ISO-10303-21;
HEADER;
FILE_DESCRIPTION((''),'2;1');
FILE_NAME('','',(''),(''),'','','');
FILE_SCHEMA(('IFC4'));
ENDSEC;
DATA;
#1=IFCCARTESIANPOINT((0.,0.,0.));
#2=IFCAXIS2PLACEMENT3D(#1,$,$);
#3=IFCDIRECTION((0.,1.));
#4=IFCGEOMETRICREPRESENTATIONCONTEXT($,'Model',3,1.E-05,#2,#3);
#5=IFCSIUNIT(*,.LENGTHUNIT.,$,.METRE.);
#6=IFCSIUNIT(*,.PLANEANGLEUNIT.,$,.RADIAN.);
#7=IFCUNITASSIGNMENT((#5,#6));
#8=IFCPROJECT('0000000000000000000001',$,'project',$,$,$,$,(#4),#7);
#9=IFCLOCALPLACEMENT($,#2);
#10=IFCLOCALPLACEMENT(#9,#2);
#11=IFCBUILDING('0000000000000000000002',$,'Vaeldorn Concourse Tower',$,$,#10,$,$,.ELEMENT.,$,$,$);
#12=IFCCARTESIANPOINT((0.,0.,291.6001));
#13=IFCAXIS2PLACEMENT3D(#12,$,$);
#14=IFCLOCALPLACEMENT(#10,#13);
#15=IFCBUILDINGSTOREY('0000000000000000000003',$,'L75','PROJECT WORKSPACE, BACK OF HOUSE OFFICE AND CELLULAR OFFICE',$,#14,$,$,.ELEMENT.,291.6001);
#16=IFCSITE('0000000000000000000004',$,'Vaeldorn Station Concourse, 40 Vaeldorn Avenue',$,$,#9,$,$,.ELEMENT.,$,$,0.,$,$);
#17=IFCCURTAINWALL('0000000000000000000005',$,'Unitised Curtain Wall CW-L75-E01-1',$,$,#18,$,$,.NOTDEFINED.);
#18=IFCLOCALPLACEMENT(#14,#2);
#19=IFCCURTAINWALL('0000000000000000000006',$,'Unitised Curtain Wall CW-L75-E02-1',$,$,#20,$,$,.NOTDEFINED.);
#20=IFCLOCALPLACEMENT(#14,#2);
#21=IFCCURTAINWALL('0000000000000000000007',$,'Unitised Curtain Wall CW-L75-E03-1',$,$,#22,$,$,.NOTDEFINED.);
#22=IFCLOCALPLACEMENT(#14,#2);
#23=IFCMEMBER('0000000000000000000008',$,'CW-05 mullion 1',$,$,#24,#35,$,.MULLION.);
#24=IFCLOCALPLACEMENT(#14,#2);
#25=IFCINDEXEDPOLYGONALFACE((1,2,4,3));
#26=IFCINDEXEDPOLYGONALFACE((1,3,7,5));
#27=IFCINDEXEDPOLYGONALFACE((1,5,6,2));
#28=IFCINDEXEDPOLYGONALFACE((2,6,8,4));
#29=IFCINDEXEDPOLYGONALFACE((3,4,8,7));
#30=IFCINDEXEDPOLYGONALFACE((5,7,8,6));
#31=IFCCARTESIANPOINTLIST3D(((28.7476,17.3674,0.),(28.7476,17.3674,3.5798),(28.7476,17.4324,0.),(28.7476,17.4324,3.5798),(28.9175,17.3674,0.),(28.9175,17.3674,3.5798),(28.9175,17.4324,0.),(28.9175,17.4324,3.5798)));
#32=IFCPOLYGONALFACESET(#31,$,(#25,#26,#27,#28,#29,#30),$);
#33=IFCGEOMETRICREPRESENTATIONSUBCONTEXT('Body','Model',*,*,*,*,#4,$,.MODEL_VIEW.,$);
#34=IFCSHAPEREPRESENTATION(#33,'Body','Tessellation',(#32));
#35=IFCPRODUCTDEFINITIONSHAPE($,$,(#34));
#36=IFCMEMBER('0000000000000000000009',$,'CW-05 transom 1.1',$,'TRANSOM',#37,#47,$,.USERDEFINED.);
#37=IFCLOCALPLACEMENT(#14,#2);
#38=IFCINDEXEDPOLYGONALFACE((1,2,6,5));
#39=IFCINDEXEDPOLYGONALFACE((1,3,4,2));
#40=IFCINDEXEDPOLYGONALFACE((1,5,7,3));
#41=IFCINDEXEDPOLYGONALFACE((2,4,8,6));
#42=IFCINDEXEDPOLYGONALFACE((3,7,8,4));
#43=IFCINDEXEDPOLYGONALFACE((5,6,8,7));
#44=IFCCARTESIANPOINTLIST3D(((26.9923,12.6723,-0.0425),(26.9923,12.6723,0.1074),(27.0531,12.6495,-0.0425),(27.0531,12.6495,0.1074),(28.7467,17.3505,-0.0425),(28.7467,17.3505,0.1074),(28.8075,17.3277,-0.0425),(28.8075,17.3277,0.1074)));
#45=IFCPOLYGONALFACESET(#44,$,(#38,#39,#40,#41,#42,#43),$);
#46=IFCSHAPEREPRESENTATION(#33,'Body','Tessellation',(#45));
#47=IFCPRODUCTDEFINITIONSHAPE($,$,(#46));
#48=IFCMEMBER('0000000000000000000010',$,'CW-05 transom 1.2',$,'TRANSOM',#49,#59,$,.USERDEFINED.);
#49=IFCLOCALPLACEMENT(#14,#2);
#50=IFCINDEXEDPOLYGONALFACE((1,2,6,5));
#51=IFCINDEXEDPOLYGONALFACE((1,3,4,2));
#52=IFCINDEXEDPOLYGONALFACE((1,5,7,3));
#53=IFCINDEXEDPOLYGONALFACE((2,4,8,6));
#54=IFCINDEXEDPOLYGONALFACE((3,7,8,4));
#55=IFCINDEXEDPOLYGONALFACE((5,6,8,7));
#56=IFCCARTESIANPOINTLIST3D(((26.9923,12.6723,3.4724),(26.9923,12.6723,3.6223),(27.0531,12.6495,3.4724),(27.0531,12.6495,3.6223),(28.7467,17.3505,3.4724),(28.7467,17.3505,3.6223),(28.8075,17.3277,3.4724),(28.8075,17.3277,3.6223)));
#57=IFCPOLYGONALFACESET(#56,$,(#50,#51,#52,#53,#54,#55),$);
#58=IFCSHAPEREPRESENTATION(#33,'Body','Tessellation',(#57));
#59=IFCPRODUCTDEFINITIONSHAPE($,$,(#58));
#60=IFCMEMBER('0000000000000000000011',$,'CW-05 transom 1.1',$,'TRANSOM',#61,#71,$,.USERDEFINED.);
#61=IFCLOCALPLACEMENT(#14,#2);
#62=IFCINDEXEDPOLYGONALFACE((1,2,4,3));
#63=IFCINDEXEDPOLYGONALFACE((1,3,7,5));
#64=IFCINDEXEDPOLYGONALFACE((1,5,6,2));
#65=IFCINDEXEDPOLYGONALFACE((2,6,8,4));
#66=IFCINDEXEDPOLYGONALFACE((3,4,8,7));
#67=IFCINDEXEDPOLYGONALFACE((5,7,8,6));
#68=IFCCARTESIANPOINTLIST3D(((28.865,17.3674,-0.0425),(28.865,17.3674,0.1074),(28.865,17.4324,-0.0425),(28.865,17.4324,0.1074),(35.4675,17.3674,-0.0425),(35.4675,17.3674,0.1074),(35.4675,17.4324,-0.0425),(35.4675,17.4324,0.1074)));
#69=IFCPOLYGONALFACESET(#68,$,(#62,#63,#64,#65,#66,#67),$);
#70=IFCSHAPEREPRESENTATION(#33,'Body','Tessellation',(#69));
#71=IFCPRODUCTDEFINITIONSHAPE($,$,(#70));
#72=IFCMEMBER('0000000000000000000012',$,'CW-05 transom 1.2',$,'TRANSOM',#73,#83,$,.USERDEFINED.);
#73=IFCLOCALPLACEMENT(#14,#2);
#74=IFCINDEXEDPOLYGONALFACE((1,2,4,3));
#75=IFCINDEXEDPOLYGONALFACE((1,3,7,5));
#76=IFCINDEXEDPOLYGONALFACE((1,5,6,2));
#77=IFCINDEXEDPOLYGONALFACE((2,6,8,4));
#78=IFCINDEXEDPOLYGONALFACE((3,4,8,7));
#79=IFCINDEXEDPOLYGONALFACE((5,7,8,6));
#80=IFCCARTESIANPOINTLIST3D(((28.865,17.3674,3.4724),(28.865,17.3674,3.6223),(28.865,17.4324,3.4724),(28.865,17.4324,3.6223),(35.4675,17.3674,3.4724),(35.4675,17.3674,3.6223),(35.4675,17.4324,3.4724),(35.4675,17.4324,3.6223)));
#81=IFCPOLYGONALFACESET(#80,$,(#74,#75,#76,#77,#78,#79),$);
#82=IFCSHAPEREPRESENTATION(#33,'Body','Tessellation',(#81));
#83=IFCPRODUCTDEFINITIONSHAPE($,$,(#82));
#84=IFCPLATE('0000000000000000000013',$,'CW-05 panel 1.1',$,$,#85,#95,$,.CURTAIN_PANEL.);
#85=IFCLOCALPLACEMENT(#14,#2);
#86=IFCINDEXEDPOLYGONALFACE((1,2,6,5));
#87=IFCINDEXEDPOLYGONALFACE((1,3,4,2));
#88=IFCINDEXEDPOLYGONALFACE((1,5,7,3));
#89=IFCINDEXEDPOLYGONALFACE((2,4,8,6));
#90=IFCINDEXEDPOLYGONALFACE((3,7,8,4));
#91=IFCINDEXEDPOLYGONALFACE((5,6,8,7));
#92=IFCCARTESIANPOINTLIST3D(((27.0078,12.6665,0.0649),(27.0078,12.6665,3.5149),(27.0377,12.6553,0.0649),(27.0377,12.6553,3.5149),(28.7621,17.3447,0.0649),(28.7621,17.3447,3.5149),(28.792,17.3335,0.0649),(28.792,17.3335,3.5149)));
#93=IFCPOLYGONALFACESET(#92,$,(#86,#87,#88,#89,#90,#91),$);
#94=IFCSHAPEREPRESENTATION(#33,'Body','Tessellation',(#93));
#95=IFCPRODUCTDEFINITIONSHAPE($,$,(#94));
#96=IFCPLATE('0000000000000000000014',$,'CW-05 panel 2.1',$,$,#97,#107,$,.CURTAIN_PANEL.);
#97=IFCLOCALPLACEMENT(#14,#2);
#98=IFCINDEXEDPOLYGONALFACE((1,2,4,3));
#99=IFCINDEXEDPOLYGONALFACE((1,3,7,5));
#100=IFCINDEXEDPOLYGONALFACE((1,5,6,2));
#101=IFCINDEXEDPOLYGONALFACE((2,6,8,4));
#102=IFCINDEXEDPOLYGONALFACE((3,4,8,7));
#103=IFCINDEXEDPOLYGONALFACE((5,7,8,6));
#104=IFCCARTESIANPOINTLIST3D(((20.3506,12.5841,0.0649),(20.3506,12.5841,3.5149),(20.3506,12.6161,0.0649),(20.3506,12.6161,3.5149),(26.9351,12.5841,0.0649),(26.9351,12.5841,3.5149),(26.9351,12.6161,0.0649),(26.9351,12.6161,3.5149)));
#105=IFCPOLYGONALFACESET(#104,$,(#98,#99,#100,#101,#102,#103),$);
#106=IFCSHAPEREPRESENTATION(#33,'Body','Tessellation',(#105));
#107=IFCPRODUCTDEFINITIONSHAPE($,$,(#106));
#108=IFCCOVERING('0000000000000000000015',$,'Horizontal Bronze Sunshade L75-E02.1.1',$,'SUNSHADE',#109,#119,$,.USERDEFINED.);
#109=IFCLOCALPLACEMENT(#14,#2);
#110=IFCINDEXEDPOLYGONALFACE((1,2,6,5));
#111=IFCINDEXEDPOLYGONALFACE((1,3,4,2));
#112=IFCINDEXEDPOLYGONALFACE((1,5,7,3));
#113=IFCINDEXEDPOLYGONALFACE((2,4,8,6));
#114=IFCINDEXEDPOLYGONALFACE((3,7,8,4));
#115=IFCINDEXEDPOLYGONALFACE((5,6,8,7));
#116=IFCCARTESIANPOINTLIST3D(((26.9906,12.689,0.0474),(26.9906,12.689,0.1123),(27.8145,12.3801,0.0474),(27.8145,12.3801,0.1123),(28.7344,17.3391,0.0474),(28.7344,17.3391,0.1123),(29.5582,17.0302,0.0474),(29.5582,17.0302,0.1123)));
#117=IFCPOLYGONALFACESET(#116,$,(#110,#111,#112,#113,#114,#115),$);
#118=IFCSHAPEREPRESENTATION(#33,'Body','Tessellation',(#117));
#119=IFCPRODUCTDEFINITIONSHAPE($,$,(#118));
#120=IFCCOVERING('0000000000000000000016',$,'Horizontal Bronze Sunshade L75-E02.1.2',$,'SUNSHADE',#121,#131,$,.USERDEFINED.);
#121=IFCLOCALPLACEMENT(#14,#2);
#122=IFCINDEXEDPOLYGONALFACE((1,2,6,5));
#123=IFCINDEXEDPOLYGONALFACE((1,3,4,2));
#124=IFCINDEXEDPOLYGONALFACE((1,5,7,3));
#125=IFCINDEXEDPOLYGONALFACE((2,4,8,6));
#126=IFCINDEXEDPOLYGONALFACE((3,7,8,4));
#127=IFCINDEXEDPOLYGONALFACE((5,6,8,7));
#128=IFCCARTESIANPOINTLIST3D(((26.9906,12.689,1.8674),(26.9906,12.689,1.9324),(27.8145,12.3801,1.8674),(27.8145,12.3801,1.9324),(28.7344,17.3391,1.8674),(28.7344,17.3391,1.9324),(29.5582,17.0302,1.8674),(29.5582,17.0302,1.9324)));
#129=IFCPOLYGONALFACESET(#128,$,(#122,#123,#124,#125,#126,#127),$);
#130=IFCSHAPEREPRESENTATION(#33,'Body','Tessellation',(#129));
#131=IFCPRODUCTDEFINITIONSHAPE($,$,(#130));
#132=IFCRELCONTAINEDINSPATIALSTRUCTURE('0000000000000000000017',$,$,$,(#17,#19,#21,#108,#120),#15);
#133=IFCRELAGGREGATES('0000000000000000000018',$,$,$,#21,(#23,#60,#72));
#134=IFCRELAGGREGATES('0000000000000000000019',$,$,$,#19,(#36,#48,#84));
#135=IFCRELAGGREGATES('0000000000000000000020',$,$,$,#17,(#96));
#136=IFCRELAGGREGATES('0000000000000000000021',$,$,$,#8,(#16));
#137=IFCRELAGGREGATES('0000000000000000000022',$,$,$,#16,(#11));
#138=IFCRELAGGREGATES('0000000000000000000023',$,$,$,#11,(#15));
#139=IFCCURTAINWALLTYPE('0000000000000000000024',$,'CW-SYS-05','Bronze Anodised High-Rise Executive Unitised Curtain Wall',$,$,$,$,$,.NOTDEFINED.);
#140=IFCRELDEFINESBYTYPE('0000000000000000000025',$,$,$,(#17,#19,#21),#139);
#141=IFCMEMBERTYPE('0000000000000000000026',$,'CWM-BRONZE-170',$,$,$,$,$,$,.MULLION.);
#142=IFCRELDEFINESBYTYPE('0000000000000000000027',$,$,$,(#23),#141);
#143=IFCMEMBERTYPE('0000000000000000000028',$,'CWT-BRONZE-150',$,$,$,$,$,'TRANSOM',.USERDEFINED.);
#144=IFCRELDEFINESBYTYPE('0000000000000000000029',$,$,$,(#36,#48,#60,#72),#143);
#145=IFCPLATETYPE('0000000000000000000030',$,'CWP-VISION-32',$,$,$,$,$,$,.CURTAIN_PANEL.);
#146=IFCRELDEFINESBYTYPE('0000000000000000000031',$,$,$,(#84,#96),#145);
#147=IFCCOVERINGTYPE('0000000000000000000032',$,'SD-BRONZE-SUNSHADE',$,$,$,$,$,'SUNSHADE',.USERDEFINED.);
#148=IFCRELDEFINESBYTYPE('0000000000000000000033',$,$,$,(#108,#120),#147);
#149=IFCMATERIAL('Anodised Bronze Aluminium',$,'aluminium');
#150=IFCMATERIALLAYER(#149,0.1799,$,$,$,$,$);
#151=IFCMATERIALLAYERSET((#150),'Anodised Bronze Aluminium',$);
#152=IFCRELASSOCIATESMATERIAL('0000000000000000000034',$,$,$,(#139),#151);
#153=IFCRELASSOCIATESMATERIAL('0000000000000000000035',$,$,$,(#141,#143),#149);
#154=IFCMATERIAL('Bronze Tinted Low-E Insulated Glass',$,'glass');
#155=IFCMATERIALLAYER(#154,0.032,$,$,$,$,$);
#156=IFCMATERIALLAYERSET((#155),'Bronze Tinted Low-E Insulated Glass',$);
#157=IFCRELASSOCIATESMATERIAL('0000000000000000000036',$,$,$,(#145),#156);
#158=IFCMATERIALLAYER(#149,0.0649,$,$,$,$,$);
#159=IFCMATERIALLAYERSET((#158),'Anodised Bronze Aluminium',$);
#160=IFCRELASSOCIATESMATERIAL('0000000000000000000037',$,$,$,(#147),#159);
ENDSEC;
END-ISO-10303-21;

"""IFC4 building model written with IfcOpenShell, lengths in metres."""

from ifc_helpers import new_model, si_unit, direction, frame, origin, origin_2d, place, context, subcontext, project, spatial, rectangle, extrude, source, transform, mapped, material, layer, layer_set, material_profile, profile_set, type_object, element, aggregate, save


model = new_model("IFC4")

# Units and contexts
model_context = context("Model", 3, precision=1e-05, world=origin(), true_north=direction((0.0, 1.0)))
body_context = subcontext(model_context, "Body", "Model", "MODEL_VIEW")
ifc_project = project(units=[si_unit("LENGTHUNIT", "METRE"), si_unit("PLANEANGLEUNIT", "RADIAN")], contexts=[model_context])

# Site, building, storey
site_placement = place(None, origin())
site = spatial("IfcSite", under=ifc_project, at=site_placement, Name="Vaeldorn Station Concourse, 40 Vaeldorn Avenue", CompositionType="ELEMENT", RefElevation=0.0)
building_placement = place(site_placement, origin())
building = spatial("IfcBuilding", under=site, at=building_placement, Name="Vaeldorn Concourse Tower", CompositionType="ELEMENT")
storey_placement = place(building_placement, frame((0.0, 0.0, 291.6001)))
storey = spatial("IfcBuildingStorey", under=building, at=storey_placement, Name="L75", Description="PROJECT WORKSPACE, BACK OF HOUSE OFFICE AND CELLULAR OFFICE", CompositionType="ELEMENT", Elevation=291.6001)

# Curtain wall
ifc_material_1 = material(Name="Anodised Bronze Aluminium", Category="aluminium")
ifc_layer_1 = layer(ifc_material_1, 0.1799)
ifc_layer_set_1 = layer_set([ifc_layer_1], Name="Anodised Bronze Aluminium")
curtain_wall_type = type_object("IfcCurtainWallType", Name="CW-SYS-05", Description="Bronze Anodised High-Rise Executive Unitised Curtain Wall", PredefinedType="NOTDEFINED", material=ifc_layer_set_1)
curtain_wall_1_placement = place(storey_placement, origin())
curtain_wall_1 = element("IfcCurtainWall", 1, at=curtain_wall_1_placement, inside=storey, type_object=curtain_wall_type, Name="Unitised Curtain Wall CW-L75-E01-1", PredefinedType="NOTDEFINED")
ifc_material_profile_1 = material_profile(ifc_material_1, rectangle(XDim=0.0649, YDim=0.1699, at=origin_2d()), Name="CWM 65x170")
ifc_profile_set_1 = profile_set([ifc_material_profile_1], Name="Anodised Bronze Aluminium")
member_type_1 = type_object("IfcMemberType", Name="CWM-BRONZE-170", PredefinedType="MULLION", material=ifc_profile_set_1)
shared_shape_1 = source(origin(), body_context, "Body", "SweptSolid", [
    extrude(rectangle(XDim=0.0649, YDim=0.1699, at=origin_2d()), origin(), (0.0, 0.0, 1.0), 3.5798),
])

# Curtain wall
curtain_wall_2_placement = place(storey_placement, origin())
curtain_wall_2 = element("IfcCurtainWall", 2, at=curtain_wall_2_placement, inside=storey, type_object=curtain_wall_type, Name="Unitised Curtain Wall CW-L75-E02-1", PredefinedType="NOTDEFINED")

# Curtain wall, member
curtain_wall_3_placement = place(storey_placement, origin())
curtain_wall_3 = element("IfcCurtainWall", 3, at=curtain_wall_3_placement, inside=storey, type_object=curtain_wall_type, Name="Unitised Curtain Wall CW-L75-E03-1", PredefinedType="NOTDEFINED")
member_1_placement = place(storey_placement, frame((28.8325, 17.3999, 0.0), z_axis=(0.0, 0.0, 1.0), x_axis=(0.0, 1.0, 0.0)))
member_1 = element("IfcMember", 4, at=member_1_placement, type_object=member_type_1, Name="CW-05 mullion 1", PredefinedType="MULLION", context=body_context, shape_type="MappedRepresentation", body=[
    mapped(shared_shape_1, transform((0.0, 0.0, 0.0), scale=1.0)),
])

# Members
ifc_material_profile_2 = material_profile(ifc_material_1, rectangle(XDim=0.0649, YDim=0.1499, at=origin_2d()), Name="CWT 65x150")
ifc_profile_set_2 = profile_set([ifc_material_profile_2], Name="Anodised Bronze Aluminium")
member_type_2 = type_object("IfcMemberType", Name="CWT-BRONZE-150", ElementType="TRANSOM", PredefinedType="USERDEFINED", material=ifc_profile_set_2)
shared_shape_2 = source(origin(), body_context, "Body", "SweptSolid", [
    extrude(rectangle(XDim=0.0649, YDim=0.1499, at=origin_2d()), origin(), (0.0, 0.0, 1.0), 4.9963),
])
member_2_placement = place(storey_placement, frame((27.0227, 12.6609, 0.0325), z_axis=(0.351134, 0.936325, 0.0), x_axis=(-0.936325, 0.351134, 0.0)))
member_2 = element("IfcMember", 5, at=member_2_placement, type_object=member_type_2, Name="CW-05 transom 1.1", ObjectType="TRANSOM", PredefinedType="USERDEFINED", context=body_context, shape_type="MappedRepresentation", body=[
    mapped(shared_shape_2, transform((0.0, 0.0, 0.0), scale=1.0)),
])
member_3_placement = place(storey_placement, frame((27.0227, 12.6609, 3.5474), z_axis=(0.351134, 0.936325, 0.0), x_axis=(-0.936325, 0.351134, 0.0)))
member_3 = element("IfcMember", 6, at=member_3_placement, type_object=member_type_2, Name="CW-05 transom 1.2", ObjectType="TRANSOM", PredefinedType="USERDEFINED", context=body_context, shape_type="MappedRepresentation", body=[
    mapped(shared_shape_2, transform((0.0, 0.0, 0.0), scale=1.0)),
])
shared_shape_3 = source(origin(), body_context, "Body", "SweptSolid", [
    extrude(rectangle(XDim=0.0649, YDim=0.1499, at=origin_2d()), origin(), (0.0, 0.0, 1.0), 6.6025),
])
member_4_placement = place(storey_placement, frame((28.865, 17.3999, 0.0325), z_axis=(1.0, 0.0, 0.0), x_axis=(0.0, 1.0, 0.0)))
member_4 = element("IfcMember", 7, at=member_4_placement, type_object=member_type_2, Name="CW-05 transom 1.1", ObjectType="TRANSOM", PredefinedType="USERDEFINED", context=body_context, shape_type="MappedRepresentation", body=[
    mapped(shared_shape_3, transform((0.0, 0.0, 0.0), scale=1.0)),
])
member_5_placement = place(storey_placement, frame((28.865, 17.3999, 3.5474), z_axis=(1.0, 0.0, 0.0), x_axis=(0.0, 1.0, 0.0)))
member_5 = element("IfcMember", 8, at=member_5_placement, type_object=member_type_2, Name="CW-05 transom 1.2", ObjectType="TRANSOM", PredefinedType="USERDEFINED", context=body_context, shape_type="MappedRepresentation", body=[
    mapped(shared_shape_3, transform((0.0, 0.0, 0.0), scale=1.0)),
])
aggregate(curtain_wall_3, [member_1, member_4, member_5])

# Plates
ifc_material_2 = material(Name="Bronze Tinted Low-E Insulated Glass", Category="glass")
ifc_layer_2 = layer(ifc_material_2, 0.032)
ifc_layer_set_2 = layer_set([ifc_layer_2], Name="Bronze Tinted Low-E Insulated Glass")
plate_type = type_object("IfcPlateType", Name="CWP-VISION-32", PredefinedType="CURTAIN_PANEL", material=ifc_layer_set_2)
shared_shape_4 = source(origin(), body_context, "Body", "SweptSolid", [
    extrude(rectangle(XDim=4.9963, YDim=0.032, at=origin_2d()), origin(), (0.0, 0.0, 1.0), 3.45),
])
plate_1_placement = place(storey_placement, frame((27.8999, 15.0, 0.0649), z_axis=(0.0, 0.0, 1.0), x_axis=(0.351123, 0.936329, 0.0)))
plate_1 = element("IfcPlate", 9, at=plate_1_placement, type_object=plate_type, Name="CW-05 panel 1.1", PredefinedType="CURTAIN_PANEL", context=body_context, shape_type="MappedRepresentation", body=[
    mapped(shared_shape_4, transform((0.0, 0.0, 0.0), scale=1.0)),
])
aggregate(curtain_wall_2, [member_2, member_3, plate_1])
shared_shape_5 = source(origin(), body_context, "Body", "SweptSolid", [
    extrude(rectangle(XDim=6.5845, YDim=0.032, at=origin_2d()), origin(), (0.0, 0.0, 1.0), 3.45),
])
plate_2_placement = place(storey_placement, frame((23.6428, 12.6001, 0.0649), z_axis=(0.0, 0.0, 1.0), x_axis=(1.0, 0.0, 0.0)))
plate_2 = element("IfcPlate", 10, at=plate_2_placement, type_object=plate_type, Name="CW-05 panel 2.1", PredefinedType="CURTAIN_PANEL", context=body_context, shape_type="MappedRepresentation", body=[
    mapped(shared_shape_5, transform((0.0, 0.0, 0.0), scale=1.0)),
])
aggregate(curtain_wall_1, [plate_2])

# Coverings
ifc_layer_3 = layer(ifc_material_1, 0.0649)
ifc_layer_set_3 = layer_set([ifc_layer_3], Name="Anodised Bronze Aluminium")
covering_type = type_object("IfcCoveringType", Name="SD-BRONZE-SUNSHADE", ElementType="SUNSHADE", PredefinedType="USERDEFINED", material=ifc_layer_set_3)
shared_shape_6 = source(origin(), body_context, "Body", "SweptSolid", [
    extrude(rectangle(XDim=4.9663, YDim=0.8799, at=origin_2d()), origin(), (0.0, 0.0, 1.0), 0.0649),
])
for number, where, z_axis, x_axis, name in (
    (11, (28.2744, 14.8596, 0.0474), (0.0, 0.0, 1.0), (0.351123, 0.936329, 0.0), "Horizontal Bronze Sunshade L75-E02.1.1"),
    (12, (28.2744, 14.8596, 1.8674), (0.0, 0.0, 1.0), (0.351123, 0.936329, 0.0), "Horizontal Bronze Sunshade L75-E02.1.2"),
):
    element("IfcCovering", number, at=place(storey_placement, frame(where, z_axis=z_axis, x_axis=x_axis)), inside=storey, type_object=covering_type, Name=name, ObjectType="SUNSHADE", PredefinedType="USERDEFINED", context=body_context, shape_type="MappedRepresentation", body=[
        mapped(shared_shape_6, transform((0.0, 0.0, 0.0), scale=1.0)),
    ])

save(model, "model.ifc")
